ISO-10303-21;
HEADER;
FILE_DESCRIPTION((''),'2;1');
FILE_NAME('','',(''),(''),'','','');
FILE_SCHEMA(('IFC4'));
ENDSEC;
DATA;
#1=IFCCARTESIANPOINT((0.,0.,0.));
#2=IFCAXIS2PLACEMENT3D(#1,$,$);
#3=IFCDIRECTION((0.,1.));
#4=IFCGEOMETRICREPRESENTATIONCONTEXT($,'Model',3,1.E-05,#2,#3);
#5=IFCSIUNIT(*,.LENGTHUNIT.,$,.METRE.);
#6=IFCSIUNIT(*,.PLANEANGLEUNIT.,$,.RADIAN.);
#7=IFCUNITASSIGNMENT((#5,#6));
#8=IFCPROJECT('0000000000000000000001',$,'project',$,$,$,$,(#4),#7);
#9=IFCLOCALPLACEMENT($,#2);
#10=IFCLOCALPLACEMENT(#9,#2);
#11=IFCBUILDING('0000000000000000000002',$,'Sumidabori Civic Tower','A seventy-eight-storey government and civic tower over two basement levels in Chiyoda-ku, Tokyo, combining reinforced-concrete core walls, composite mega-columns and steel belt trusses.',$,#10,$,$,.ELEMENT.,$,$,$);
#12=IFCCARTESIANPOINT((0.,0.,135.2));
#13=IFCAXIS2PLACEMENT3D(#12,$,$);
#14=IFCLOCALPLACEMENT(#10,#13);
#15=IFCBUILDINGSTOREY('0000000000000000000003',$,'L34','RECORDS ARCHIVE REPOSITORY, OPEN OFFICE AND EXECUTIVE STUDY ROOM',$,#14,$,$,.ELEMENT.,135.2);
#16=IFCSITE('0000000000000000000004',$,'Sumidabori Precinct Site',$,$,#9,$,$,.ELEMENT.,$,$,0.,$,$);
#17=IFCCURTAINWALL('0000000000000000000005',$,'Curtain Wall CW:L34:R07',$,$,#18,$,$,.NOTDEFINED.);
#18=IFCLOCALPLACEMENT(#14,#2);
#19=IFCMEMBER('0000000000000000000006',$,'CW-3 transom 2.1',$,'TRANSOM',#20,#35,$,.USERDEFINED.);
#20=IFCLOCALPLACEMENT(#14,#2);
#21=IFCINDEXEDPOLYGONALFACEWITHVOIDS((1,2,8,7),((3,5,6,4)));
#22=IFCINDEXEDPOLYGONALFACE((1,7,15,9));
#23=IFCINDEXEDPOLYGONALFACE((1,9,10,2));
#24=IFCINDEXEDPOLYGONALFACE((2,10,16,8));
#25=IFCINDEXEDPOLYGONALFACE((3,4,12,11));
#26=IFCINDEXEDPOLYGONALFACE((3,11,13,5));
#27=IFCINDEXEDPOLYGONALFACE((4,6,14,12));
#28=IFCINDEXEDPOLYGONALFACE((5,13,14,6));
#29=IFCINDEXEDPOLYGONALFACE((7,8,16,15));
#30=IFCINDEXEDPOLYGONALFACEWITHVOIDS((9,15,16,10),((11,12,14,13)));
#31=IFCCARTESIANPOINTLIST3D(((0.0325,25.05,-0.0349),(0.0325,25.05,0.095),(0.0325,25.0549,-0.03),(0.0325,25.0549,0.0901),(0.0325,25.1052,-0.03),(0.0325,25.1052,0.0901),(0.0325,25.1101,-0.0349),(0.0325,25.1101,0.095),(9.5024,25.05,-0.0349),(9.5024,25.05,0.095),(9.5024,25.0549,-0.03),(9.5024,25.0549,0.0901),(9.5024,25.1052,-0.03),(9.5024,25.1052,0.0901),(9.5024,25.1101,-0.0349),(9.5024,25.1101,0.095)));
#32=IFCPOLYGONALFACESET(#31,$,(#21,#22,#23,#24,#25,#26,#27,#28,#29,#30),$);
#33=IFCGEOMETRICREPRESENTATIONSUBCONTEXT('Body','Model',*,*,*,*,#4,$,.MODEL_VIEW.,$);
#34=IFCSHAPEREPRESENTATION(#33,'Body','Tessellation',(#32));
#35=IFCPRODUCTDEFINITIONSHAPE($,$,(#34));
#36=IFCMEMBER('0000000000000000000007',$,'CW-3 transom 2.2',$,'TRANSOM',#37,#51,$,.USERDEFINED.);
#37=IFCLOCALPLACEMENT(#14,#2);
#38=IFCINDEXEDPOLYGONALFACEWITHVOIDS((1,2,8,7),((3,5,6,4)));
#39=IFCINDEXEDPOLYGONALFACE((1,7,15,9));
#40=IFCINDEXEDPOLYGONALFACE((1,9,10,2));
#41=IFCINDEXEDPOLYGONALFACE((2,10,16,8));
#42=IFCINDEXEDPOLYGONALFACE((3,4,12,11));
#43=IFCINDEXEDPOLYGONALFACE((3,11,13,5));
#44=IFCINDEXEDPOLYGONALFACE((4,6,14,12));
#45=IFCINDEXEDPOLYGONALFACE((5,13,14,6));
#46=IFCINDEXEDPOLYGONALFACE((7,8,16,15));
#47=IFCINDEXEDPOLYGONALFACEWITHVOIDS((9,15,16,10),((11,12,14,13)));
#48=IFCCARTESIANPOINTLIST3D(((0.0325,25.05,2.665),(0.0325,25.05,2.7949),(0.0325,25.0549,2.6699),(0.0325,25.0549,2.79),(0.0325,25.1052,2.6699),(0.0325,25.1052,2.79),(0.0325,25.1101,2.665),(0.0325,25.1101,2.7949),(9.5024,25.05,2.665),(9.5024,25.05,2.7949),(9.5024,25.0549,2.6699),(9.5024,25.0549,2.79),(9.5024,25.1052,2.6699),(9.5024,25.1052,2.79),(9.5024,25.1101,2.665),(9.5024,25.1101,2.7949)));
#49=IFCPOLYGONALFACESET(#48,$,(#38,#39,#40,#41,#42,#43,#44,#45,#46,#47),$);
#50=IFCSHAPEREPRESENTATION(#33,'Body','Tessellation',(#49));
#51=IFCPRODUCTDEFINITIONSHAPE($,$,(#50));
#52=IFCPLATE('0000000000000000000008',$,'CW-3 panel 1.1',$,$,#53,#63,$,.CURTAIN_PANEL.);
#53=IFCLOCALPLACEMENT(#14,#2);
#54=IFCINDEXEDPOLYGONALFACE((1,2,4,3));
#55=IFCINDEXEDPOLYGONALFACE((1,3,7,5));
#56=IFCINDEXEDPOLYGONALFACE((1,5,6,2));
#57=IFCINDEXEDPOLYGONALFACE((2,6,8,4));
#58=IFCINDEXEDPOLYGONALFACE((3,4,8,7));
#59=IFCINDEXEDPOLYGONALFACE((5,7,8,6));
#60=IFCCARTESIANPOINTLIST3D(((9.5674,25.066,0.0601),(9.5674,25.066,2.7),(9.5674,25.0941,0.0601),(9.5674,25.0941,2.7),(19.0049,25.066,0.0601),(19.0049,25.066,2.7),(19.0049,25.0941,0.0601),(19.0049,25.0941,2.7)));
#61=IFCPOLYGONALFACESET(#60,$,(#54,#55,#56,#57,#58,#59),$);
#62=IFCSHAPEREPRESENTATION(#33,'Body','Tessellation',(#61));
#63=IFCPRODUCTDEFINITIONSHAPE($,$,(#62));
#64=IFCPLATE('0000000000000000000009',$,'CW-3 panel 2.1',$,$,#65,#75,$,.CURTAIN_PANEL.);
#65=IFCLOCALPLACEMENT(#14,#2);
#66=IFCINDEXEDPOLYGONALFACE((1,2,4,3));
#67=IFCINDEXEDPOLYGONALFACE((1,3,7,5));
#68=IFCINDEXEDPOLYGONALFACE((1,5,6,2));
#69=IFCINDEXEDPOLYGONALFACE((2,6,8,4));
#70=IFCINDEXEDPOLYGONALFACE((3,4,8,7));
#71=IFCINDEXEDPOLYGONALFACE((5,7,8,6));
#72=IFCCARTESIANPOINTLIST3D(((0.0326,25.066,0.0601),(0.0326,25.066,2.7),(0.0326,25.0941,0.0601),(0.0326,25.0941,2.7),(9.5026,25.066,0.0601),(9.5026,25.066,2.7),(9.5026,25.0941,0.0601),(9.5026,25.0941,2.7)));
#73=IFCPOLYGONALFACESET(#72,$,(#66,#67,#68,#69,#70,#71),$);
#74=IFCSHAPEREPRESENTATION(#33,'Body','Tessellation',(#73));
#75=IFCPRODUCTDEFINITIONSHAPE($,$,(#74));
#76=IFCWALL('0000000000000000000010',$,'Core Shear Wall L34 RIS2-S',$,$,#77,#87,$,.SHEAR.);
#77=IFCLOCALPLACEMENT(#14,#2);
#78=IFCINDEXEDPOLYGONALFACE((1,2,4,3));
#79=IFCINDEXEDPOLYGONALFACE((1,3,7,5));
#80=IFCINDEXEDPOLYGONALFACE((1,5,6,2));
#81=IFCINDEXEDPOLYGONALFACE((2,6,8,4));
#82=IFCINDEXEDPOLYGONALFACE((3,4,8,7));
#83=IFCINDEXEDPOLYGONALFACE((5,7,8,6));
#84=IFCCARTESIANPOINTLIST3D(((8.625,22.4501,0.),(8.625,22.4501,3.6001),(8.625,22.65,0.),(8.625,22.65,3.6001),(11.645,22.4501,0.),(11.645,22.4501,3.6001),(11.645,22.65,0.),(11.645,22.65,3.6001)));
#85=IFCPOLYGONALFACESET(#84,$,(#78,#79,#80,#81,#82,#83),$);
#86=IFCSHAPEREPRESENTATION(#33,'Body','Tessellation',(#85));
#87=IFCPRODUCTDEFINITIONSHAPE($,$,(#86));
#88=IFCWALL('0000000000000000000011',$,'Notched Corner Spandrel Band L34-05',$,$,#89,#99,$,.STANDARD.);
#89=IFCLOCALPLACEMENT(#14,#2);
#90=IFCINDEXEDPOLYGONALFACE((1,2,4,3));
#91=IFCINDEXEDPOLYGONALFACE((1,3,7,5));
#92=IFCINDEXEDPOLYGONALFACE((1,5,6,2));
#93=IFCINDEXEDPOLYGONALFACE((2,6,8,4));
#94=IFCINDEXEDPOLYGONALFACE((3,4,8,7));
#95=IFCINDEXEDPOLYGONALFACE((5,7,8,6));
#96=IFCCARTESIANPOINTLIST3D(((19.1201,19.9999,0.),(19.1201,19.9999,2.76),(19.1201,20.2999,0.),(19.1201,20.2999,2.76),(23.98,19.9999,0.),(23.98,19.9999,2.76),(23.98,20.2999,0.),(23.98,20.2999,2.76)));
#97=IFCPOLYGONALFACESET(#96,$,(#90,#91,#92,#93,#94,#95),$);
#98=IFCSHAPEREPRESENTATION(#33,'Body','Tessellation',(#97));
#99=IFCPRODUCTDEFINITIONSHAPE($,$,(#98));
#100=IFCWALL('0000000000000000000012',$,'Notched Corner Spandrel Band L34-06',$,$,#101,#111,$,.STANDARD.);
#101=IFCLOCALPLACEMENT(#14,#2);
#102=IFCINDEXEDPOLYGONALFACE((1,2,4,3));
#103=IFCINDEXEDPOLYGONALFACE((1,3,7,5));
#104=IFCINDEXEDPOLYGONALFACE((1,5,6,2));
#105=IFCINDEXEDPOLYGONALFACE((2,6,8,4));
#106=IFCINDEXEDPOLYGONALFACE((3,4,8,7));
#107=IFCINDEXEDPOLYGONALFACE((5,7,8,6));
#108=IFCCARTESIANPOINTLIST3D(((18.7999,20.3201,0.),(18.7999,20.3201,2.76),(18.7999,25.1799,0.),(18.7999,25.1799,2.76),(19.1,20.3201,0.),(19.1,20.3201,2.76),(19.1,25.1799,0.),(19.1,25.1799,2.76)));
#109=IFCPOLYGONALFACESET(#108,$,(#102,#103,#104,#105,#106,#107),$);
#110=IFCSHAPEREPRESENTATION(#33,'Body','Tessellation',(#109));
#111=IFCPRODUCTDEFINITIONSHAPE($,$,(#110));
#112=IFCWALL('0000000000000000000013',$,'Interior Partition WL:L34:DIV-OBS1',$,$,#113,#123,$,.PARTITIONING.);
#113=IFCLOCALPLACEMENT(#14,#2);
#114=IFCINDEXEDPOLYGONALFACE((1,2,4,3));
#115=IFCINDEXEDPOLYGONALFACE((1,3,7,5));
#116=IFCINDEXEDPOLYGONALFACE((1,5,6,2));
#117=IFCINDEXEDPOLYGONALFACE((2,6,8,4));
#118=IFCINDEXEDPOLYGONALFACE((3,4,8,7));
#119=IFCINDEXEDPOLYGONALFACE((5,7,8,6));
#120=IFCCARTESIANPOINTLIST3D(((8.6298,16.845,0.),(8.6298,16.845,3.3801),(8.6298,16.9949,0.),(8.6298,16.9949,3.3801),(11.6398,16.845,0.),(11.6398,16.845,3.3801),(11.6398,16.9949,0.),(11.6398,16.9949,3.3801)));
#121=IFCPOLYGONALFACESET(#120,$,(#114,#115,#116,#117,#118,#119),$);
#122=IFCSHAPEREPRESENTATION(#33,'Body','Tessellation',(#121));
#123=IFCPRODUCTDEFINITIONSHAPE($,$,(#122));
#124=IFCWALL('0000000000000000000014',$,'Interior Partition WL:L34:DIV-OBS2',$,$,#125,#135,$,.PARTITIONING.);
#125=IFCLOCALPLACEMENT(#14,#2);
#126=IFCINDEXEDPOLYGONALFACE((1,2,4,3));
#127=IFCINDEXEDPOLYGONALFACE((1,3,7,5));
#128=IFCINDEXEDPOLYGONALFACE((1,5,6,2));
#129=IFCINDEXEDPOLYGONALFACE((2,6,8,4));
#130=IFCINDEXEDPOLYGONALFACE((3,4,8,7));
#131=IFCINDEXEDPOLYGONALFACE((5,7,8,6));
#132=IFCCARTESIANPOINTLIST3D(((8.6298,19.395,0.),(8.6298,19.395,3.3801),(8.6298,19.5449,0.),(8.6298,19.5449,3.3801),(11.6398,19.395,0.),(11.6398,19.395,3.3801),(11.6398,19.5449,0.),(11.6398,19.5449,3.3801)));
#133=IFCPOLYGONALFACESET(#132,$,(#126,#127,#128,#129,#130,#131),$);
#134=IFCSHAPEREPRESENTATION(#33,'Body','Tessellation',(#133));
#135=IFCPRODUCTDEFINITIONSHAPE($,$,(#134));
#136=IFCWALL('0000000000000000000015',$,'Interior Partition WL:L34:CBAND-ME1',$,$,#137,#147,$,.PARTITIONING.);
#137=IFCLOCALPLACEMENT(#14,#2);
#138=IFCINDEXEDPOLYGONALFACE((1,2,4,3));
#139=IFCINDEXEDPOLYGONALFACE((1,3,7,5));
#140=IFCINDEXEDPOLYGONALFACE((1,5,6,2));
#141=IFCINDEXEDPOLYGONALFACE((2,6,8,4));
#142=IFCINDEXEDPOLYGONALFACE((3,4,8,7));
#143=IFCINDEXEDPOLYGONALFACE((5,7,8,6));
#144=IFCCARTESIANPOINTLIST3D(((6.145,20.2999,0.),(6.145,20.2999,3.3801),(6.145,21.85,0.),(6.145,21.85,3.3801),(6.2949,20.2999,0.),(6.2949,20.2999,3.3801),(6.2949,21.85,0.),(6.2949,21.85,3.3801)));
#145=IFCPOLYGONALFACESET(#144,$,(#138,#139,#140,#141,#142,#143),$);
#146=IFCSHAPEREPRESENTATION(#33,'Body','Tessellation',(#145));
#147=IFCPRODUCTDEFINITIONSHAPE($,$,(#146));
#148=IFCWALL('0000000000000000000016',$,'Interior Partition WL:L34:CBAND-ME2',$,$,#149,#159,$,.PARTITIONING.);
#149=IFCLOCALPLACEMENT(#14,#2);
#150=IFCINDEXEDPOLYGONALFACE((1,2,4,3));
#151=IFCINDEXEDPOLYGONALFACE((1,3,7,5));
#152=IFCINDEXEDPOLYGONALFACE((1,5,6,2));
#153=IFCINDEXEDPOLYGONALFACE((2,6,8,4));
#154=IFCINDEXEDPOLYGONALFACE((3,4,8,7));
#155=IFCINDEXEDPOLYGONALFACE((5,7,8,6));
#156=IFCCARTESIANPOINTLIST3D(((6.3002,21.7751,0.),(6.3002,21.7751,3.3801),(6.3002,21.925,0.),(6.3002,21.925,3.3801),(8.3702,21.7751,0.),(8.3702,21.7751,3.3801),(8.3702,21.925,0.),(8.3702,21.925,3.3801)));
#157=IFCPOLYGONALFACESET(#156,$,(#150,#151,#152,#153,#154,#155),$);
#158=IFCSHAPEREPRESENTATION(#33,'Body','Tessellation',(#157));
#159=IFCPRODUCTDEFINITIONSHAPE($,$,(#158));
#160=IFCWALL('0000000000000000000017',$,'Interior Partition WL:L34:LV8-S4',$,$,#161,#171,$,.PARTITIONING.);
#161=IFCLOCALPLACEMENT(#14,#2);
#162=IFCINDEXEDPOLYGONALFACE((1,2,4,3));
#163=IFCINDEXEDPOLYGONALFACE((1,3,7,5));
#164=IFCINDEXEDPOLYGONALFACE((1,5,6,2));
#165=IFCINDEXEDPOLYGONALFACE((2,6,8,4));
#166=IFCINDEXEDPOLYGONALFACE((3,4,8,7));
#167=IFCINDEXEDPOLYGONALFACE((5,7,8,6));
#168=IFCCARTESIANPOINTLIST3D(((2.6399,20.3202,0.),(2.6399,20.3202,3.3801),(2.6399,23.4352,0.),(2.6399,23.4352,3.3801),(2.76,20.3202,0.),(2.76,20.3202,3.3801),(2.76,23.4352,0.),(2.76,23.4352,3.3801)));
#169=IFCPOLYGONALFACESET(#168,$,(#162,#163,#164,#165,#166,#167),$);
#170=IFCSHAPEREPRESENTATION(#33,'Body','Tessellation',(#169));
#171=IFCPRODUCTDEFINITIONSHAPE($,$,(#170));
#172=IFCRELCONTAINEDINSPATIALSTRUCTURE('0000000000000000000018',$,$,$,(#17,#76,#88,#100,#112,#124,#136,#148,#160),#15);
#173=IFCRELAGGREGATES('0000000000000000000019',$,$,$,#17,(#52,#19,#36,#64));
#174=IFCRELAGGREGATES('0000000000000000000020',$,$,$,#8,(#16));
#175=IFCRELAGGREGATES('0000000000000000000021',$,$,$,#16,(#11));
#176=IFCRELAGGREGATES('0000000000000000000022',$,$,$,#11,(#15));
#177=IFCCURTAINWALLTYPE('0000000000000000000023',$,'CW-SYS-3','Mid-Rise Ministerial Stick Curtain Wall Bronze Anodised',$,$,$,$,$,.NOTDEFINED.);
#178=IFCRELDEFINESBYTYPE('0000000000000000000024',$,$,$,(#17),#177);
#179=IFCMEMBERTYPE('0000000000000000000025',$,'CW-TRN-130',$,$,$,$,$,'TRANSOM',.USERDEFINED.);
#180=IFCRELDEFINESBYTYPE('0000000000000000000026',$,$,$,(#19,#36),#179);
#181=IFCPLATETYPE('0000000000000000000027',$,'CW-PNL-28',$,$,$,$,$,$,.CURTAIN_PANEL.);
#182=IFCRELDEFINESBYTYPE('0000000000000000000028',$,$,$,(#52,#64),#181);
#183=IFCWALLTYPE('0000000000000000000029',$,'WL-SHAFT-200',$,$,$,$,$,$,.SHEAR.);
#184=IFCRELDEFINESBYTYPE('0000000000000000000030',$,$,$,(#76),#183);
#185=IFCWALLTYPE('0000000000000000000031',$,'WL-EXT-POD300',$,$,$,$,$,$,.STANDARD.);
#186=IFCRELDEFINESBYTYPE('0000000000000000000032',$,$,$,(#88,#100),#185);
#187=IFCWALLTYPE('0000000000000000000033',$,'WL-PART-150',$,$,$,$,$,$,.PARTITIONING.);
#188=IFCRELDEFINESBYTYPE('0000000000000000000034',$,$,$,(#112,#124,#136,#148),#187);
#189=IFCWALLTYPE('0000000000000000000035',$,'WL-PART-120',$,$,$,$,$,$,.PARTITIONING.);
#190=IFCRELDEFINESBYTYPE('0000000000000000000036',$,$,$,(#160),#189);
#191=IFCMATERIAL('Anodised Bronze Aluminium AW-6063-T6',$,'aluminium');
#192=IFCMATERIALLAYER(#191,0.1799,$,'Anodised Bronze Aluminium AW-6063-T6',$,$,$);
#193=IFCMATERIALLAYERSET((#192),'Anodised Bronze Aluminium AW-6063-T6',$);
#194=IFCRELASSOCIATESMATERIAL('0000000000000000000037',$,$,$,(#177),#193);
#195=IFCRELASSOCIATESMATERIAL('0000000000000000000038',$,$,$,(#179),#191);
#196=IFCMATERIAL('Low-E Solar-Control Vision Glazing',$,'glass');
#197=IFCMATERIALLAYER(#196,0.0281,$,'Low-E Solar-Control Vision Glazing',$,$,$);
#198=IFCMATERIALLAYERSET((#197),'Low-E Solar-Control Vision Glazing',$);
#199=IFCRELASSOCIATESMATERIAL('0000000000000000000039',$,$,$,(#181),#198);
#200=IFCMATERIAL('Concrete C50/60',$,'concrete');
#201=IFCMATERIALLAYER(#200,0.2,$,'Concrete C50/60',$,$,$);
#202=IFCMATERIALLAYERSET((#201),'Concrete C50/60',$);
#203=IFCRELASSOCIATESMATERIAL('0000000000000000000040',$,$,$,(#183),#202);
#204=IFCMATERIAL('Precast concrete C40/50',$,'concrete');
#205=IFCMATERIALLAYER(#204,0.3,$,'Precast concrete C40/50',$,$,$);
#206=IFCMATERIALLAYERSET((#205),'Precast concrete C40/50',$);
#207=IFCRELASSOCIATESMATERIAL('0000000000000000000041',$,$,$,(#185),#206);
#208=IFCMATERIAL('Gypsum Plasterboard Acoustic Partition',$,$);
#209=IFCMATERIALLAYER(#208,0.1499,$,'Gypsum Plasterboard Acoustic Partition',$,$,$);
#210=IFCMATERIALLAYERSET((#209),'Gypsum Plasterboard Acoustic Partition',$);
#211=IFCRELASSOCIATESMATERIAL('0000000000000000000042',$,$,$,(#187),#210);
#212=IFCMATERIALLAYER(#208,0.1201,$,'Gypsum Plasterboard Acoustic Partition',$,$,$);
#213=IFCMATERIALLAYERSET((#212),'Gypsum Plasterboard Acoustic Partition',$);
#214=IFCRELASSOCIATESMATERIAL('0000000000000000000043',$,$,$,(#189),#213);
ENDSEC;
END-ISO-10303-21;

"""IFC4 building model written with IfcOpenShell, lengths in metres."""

from ifc_helpers import new_model, si_unit, direction, frame, frame_2d, origin, origin_2d, place, context, subcontext, project, spatial, rectangle, hollow_rectangle, extrude, source, transform, mapped, material, layer, layer_set, material_profile, profile_set, type_object, element, aggregate, save


model = new_model("IFC4")

# Units and contexts
model_context = context("Model", 3, precision=1e-05, world=origin(), true_north=direction((0.0, 1.0)))
body_context = subcontext(model_context, "Body", "Model", "MODEL_VIEW")
ifc_project = project(units=[si_unit("LENGTHUNIT", "METRE"), si_unit("PLANEANGLEUNIT", "RADIAN")], contexts=[model_context])

# Site, building, storey
site_placement = place(None, origin())
site = spatial("IfcSite", under=ifc_project, at=site_placement, Name="Sumidabori Precinct Site", CompositionType="ELEMENT", RefElevation=0.0)
building_placement = place(site_placement, origin())
building = spatial("IfcBuilding", under=site, at=building_placement, Name="Sumidabori Civic Tower", Description="A seventy-eight-storey government and civic tower over two basement levels in Chiyoda-ku, Tokyo, combining reinforced-concrete core walls, composite mega-columns and steel belt trusses.", CompositionType="ELEMENT")
storey_placement = place(building_placement, frame((0.0, 0.0, 135.2)))
storey = spatial("IfcBuildingStorey", under=building, at=storey_placement, Name="L34", Description="RECORDS ARCHIVE REPOSITORY, OPEN OFFICE AND EXECUTIVE STUDY ROOM", CompositionType="ELEMENT", Elevation=135.2)

# Shared definitions
ifc_material_1 = material(Name="Anodised Bronze Aluminium AW-6063-T6", Category="aluminium")
ifc_layer_1 = layer(ifc_material_1, 0.1799, Name="Anodised Bronze Aluminium AW-6063-T6")
ifc_layer_set_1 = layer_set([ifc_layer_1], Name="Anodised Bronze Aluminium AW-6063-T6")
curtain_wall_type = type_object("IfcCurtainWallType", Name="CW-SYS-3", Description="Mid-Rise Ministerial Stick Curtain Wall Bronze Anodised", PredefinedType="NOTDEFINED", material=ifc_layer_set_1)

# Curtain wall, members, plates
curtain_wall_1_placement = place(storey_placement, origin())
curtain_wall_1 = element("IfcCurtainWall", 1, at=curtain_wall_1_placement, inside=storey, type_object=curtain_wall_type, Name="Curtain Wall CW:L34:R07", PredefinedType="NOTDEFINED")
ifc_material_profile_1 = material_profile(ifc_material_1, hollow_rectangle(XDim=0.0601, YDim=0.1299, WallThickness=0.0049, at=origin_2d()), Name="ALU TRANSOM 130x60")
ifc_profile_set_1 = profile_set([ifc_material_profile_1], Name="Anodised Bronze Aluminium AW-6063-T6")
member_type_1 = type_object("IfcMemberType", Name="CW-TRN-130", ElementType="TRANSOM", PredefinedType="USERDEFINED", material=ifc_profile_set_1)
shared_shape_1 = source(origin(), body_context, "Body", "SweptSolid", [
    extrude(hollow_rectangle(XDim=0.0601, YDim=0.1299, WallThickness=0.0049, at=origin_2d()), origin(), (0.0, 0.0, 1.0), 9.47),
])
member_1_placement = place(storey_placement, frame((9.5024, 25.0801, 0.03), z_axis=(-1.0, 0.0, 0.0), x_axis=(0.0, -1.0, 0.0)))
member_1 = element("IfcMember", 2, at=member_1_placement, type_object=member_type_1, Name="CW-3 transom 2.1", ObjectType="TRANSOM", PredefinedType="USERDEFINED", context=body_context, shape_type="MappedRepresentation", body=[
    mapped(shared_shape_1, transform((0.0, 0.0, 0.0), x_axis=(1.0, 0.0, 0.0), y_axis=(0.0, 1.0, 0.0), z_axis=(0.0, 0.0, 1.0), scale=1.0)),
])
member_2_placement = place(storey_placement, frame((9.5024, 25.0801, 2.73), z_axis=(-1.0, 0.0, 0.0), x_axis=(0.0, -1.0, 0.0)))
member_2 = element("IfcMember", 3, at=member_2_placement, type_object=member_type_1, Name="CW-3 transom 2.2", ObjectType="TRANSOM", PredefinedType="USERDEFINED", context=body_context, shape_type="MappedRepresentation", body=[
    mapped(shared_shape_1, transform((0.0, 0.0, 0.0), x_axis=(1.0, 0.0, 0.0), y_axis=(0.0, 1.0, 0.0), z_axis=(0.0, 0.0, 1.0), scale=1.0)),
])
ifc_material_2 = material(Name="Low-E Solar-Control Vision Glazing", Category="glass")
ifc_layer_2 = layer(ifc_material_2, 0.0281, Name="Low-E Solar-Control Vision Glazing")
ifc_layer_set_2 = layer_set([ifc_layer_2], Name="Low-E Solar-Control Vision Glazing")
plate_type = type_object("IfcPlateType", Name="CW-PNL-28", PredefinedType="CURTAIN_PANEL", material=ifc_layer_set_2)
shared_shape_2 = source(origin(), body_context, "Body", "SweptSolid", [
    extrude(rectangle(XDim=9.4375, YDim=0.0281, at=origin_2d()), origin(), (0.0, 0.0, 1.0), 2.6399),
])
plate_1_placement = place(storey_placement, frame((14.2861, 25.0801, 0.0601), z_axis=(0.0, 0.0, 1.0), x_axis=(-1.0, 0.0, 0.0)))
plate_1 = element("IfcPlate", 4, at=plate_1_placement, type_object=plate_type, Name="CW-3 panel 1.1", PredefinedType="CURTAIN_PANEL", context=body_context, shape_type="MappedRepresentation", body=[
    mapped(shared_shape_2, transform((0.0, 0.0, 0.0), x_axis=(1.0, 0.0, 0.0), y_axis=(0.0, 1.0, 0.0), z_axis=(0.0, 0.0, 1.0), scale=1.0)),
])
shared_shape_3 = source(origin(), body_context, "Body", "SweptSolid", [
    extrude(rectangle(XDim=9.47, YDim=0.0281, at=origin_2d()), origin(), (0.0, 0.0, 1.0), 2.6399),
])
plate_2_placement = place(storey_placement, frame((4.7676, 25.0801, 0.0601), z_axis=(0.0, 0.0, 1.0), x_axis=(-1.0, 0.0, 0.0)))
plate_2 = element("IfcPlate", 5, at=plate_2_placement, type_object=plate_type, Name="CW-3 panel 2.1", PredefinedType="CURTAIN_PANEL", context=body_context, shape_type="MappedRepresentation", body=[
    mapped(shared_shape_3, transform((0.0, 0.0, 0.0), x_axis=(1.0, 0.0, 0.0), y_axis=(0.0, 1.0, 0.0), z_axis=(0.0, 0.0, 1.0), scale=1.0)),
])
aggregate(curtain_wall_1, [plate_1, member_1, member_2, plate_2])

# Walls
ifc_material_3 = material(Name="Concrete C50/60", Category="concrete")
ifc_layer_3 = layer(ifc_material_3, 0.2, Name="Concrete C50/60")
ifc_layer_set_3 = layer_set([ifc_layer_3], Name="Concrete C50/60")
wall_type_1 = type_object("IfcWallType", Name="WL-SHAFT-200", PredefinedType="SHEAR", material=ifc_layer_set_3)
shared_shape_4 = source(origin(), body_context, "Body", "SweptSolid", [
    extrude(rectangle(XDim=3.02, YDim=0.2, at=frame_2d((1.51, 0.0))), origin(), (0.0, 0.0, 1.0), 3.6001),
])
wall_1_placement = place(storey_placement, frame((8.625, 22.55, 0.0), z_axis=(0.0, 0.0, 1.0), x_axis=(1.0, 0.0, 0.0)))
element("IfcWall", 6, at=wall_1_placement, inside=storey, type_object=wall_type_1, Name="Core Shear Wall L34 RIS2-S", PredefinedType="SHEAR", context=body_context, shape_type="MappedRepresentation", body=[
    mapped(shared_shape_4, transform((0.0, 0.0, 0.0), x_axis=(1.0, 0.0, 0.0), y_axis=(0.0, 1.0, 0.0), z_axis=(0.0, 0.0, 1.0), scale=1.0)),
])
ifc_material_4 = material(Name="Precast concrete C40/50", Category="concrete")
ifc_layer_4 = layer(ifc_material_4, 0.3, Name="Precast concrete C40/50")
ifc_layer_set_4 = layer_set([ifc_layer_4], Name="Precast concrete C40/50")
wall_type_2 = type_object("IfcWallType", Name="WL-EXT-POD300", PredefinedType="STANDARD", material=ifc_layer_set_4)
shared_shape_5 = source(origin(), body_context, "Body", "SweptSolid", [
    extrude(rectangle(XDim=4.8599, YDim=0.3, at=frame_2d((2.4299, 0.0))), origin(), (0.0, 0.0, 1.0), 2.76),
])
for number, where, z_axis, x_axis, name in (
    (7, (23.98, 20.1499, 0.0), (0.0, 0.0, 1.0), (-1.0, 0.0, 0.0), "Notched Corner Spandrel Band L34-05"),
    (8, (18.95, 20.3201, 0.0), (0.0, 0.0, 1.0), (0.0, 1.0, 0.0), "Notched Corner Spandrel Band L34-06"),
):
    element("IfcWall", number, at=place(storey_placement, frame(where, z_axis=z_axis, x_axis=x_axis)), inside=storey, type_object=wall_type_2, Name=name, PredefinedType="STANDARD", context=body_context, shape_type="MappedRepresentation", body=[
        mapped(shared_shape_5, transform((0.0, 0.0, 0.0), x_axis=(1.0, 0.0, 0.0), y_axis=(0.0, 1.0, 0.0), z_axis=(0.0, 0.0, 1.0), scale=1.0)),
    ])
ifc_material_5 = material(Name="Gypsum Plasterboard Acoustic Partition")
ifc_layer_5 = layer(ifc_material_5, 0.1499, Name="Gypsum Plasterboard Acoustic Partition")
ifc_layer_set_5 = layer_set([ifc_layer_5], Name="Gypsum Plasterboard Acoustic Partition")
wall_type_3 = type_object("IfcWallType", Name="WL-PART-150", PredefinedType="PARTITIONING", material=ifc_layer_set_5)
shared_shape_6 = source(origin(), body_context, "Body", "SweptSolid", [
    extrude(rectangle(XDim=3.01, YDim=0.1499, at=frame_2d((1.5049, 0.0))), origin(), (0.0, 0.0, 1.0), 3.3801),
])
for number, where, z_axis, x_axis, name in (
    (9, (8.6299, 16.9199, 0.0), (0.0, 0.0, 1.0), (1.0, 0.0, 0.0), "Interior Partition WL:L34:DIV-OBS1"),
    (10, (8.6299, 19.47, 0.0), (0.0, 0.0, 1.0), (1.0, 0.0, 0.0), "Interior Partition WL:L34:DIV-OBS2"),
):
    element("IfcWall", number, at=place(storey_placement, frame(where, z_axis=z_axis, x_axis=x_axis)), inside=storey, type_object=wall_type_3, Name=name, PredefinedType="PARTITIONING", context=body_context, shape_type="MappedRepresentation", body=[
        mapped(shared_shape_6, transform((0.0, 0.0, 0.0), x_axis=(1.0, 0.0, 0.0), y_axis=(0.0, 1.0, 0.0), z_axis=(0.0, 0.0, 1.0), scale=1.0)),
    ])
shared_shape_7 = source(origin(), body_context, "Body", "SweptSolid", [
    extrude(rectangle(XDim=1.55, YDim=0.1499, at=frame_2d((0.7749, 0.0))), origin(), (0.0, 0.0, 1.0), 3.3801),
])
wall_2_placement = place(storey_placement, frame((6.22, 20.3, 0.0), z_axis=(0.0, 0.0, 1.0), x_axis=(0.0, 1.0, 0.0)))
element("IfcWall", 11, at=wall_2_placement, inside=storey, type_object=wall_type_3, Name="Interior Partition WL:L34:CBAND-ME1", PredefinedType="PARTITIONING", context=body_context, shape_type="MappedRepresentation", body=[
    mapped(shared_shape_7, transform((0.0, 0.0, 0.0), x_axis=(1.0, 0.0, 0.0), y_axis=(0.0, 1.0, 0.0), z_axis=(0.0, 0.0, 1.0), scale=1.0)),
])
shared_shape_8 = source(origin(), body_context, "Body", "SweptSolid", [
    extrude(rectangle(XDim=2.0701, YDim=0.1499, at=frame_2d((1.0352, 0.0))), origin(), (0.0, 0.0, 1.0), 3.3801),
])
wall_3_placement = place(storey_placement, frame((6.3, 21.8501, 0.0), z_axis=(0.0, 0.0, 1.0), x_axis=(1.0, 0.0, 0.0)))
element("IfcWall", 12, at=wall_3_placement, inside=storey, type_object=wall_type_3, Name="Interior Partition WL:L34:CBAND-ME2", PredefinedType="PARTITIONING", context=body_context, shape_type="MappedRepresentation", body=[
    mapped(shared_shape_8, transform((0.0, 0.0, 0.0), x_axis=(1.0, 0.0, 0.0), y_axis=(0.0, 1.0, 0.0), z_axis=(0.0, 0.0, 1.0), scale=1.0)),
])
ifc_layer_6 = layer(ifc_material_5, 0.1201, Name="Gypsum Plasterboard Acoustic Partition")
ifc_layer_set_6 = layer_set([ifc_layer_6], Name="Gypsum Plasterboard Acoustic Partition")
wall_type_4 = type_object("IfcWallType", Name="WL-PART-120", PredefinedType="PARTITIONING", material=ifc_layer_set_6)
shared_shape_9 = source(origin(), body_context, "Body", "SweptSolid", [
    extrude(rectangle(XDim=3.115, YDim=0.1201, at=frame_2d((1.5576, 0.0))), origin(), (0.0, 0.0, 1.0), 3.3801),
])
wall_4_placement = place(storey_placement, frame((2.7, 20.3201, 0.0), z_axis=(0.0, 0.0, 1.0), x_axis=(0.0, 1.0, 0.0)))
element("IfcWall", 13, at=wall_4_placement, inside=storey, type_object=wall_type_4, Name="Interior Partition WL:L34:LV8-S4", PredefinedType="PARTITIONING", context=body_context, shape_type="MappedRepresentation", body=[
    mapped(shared_shape_9, transform((0.0, 0.0, 0.0), x_axis=(1.0, 0.0, 0.0), y_axis=(0.0, 1.0, 0.0), z_axis=(0.0, 0.0, 1.0), scale=1.0)),
])

save(model, "model.ifc")
